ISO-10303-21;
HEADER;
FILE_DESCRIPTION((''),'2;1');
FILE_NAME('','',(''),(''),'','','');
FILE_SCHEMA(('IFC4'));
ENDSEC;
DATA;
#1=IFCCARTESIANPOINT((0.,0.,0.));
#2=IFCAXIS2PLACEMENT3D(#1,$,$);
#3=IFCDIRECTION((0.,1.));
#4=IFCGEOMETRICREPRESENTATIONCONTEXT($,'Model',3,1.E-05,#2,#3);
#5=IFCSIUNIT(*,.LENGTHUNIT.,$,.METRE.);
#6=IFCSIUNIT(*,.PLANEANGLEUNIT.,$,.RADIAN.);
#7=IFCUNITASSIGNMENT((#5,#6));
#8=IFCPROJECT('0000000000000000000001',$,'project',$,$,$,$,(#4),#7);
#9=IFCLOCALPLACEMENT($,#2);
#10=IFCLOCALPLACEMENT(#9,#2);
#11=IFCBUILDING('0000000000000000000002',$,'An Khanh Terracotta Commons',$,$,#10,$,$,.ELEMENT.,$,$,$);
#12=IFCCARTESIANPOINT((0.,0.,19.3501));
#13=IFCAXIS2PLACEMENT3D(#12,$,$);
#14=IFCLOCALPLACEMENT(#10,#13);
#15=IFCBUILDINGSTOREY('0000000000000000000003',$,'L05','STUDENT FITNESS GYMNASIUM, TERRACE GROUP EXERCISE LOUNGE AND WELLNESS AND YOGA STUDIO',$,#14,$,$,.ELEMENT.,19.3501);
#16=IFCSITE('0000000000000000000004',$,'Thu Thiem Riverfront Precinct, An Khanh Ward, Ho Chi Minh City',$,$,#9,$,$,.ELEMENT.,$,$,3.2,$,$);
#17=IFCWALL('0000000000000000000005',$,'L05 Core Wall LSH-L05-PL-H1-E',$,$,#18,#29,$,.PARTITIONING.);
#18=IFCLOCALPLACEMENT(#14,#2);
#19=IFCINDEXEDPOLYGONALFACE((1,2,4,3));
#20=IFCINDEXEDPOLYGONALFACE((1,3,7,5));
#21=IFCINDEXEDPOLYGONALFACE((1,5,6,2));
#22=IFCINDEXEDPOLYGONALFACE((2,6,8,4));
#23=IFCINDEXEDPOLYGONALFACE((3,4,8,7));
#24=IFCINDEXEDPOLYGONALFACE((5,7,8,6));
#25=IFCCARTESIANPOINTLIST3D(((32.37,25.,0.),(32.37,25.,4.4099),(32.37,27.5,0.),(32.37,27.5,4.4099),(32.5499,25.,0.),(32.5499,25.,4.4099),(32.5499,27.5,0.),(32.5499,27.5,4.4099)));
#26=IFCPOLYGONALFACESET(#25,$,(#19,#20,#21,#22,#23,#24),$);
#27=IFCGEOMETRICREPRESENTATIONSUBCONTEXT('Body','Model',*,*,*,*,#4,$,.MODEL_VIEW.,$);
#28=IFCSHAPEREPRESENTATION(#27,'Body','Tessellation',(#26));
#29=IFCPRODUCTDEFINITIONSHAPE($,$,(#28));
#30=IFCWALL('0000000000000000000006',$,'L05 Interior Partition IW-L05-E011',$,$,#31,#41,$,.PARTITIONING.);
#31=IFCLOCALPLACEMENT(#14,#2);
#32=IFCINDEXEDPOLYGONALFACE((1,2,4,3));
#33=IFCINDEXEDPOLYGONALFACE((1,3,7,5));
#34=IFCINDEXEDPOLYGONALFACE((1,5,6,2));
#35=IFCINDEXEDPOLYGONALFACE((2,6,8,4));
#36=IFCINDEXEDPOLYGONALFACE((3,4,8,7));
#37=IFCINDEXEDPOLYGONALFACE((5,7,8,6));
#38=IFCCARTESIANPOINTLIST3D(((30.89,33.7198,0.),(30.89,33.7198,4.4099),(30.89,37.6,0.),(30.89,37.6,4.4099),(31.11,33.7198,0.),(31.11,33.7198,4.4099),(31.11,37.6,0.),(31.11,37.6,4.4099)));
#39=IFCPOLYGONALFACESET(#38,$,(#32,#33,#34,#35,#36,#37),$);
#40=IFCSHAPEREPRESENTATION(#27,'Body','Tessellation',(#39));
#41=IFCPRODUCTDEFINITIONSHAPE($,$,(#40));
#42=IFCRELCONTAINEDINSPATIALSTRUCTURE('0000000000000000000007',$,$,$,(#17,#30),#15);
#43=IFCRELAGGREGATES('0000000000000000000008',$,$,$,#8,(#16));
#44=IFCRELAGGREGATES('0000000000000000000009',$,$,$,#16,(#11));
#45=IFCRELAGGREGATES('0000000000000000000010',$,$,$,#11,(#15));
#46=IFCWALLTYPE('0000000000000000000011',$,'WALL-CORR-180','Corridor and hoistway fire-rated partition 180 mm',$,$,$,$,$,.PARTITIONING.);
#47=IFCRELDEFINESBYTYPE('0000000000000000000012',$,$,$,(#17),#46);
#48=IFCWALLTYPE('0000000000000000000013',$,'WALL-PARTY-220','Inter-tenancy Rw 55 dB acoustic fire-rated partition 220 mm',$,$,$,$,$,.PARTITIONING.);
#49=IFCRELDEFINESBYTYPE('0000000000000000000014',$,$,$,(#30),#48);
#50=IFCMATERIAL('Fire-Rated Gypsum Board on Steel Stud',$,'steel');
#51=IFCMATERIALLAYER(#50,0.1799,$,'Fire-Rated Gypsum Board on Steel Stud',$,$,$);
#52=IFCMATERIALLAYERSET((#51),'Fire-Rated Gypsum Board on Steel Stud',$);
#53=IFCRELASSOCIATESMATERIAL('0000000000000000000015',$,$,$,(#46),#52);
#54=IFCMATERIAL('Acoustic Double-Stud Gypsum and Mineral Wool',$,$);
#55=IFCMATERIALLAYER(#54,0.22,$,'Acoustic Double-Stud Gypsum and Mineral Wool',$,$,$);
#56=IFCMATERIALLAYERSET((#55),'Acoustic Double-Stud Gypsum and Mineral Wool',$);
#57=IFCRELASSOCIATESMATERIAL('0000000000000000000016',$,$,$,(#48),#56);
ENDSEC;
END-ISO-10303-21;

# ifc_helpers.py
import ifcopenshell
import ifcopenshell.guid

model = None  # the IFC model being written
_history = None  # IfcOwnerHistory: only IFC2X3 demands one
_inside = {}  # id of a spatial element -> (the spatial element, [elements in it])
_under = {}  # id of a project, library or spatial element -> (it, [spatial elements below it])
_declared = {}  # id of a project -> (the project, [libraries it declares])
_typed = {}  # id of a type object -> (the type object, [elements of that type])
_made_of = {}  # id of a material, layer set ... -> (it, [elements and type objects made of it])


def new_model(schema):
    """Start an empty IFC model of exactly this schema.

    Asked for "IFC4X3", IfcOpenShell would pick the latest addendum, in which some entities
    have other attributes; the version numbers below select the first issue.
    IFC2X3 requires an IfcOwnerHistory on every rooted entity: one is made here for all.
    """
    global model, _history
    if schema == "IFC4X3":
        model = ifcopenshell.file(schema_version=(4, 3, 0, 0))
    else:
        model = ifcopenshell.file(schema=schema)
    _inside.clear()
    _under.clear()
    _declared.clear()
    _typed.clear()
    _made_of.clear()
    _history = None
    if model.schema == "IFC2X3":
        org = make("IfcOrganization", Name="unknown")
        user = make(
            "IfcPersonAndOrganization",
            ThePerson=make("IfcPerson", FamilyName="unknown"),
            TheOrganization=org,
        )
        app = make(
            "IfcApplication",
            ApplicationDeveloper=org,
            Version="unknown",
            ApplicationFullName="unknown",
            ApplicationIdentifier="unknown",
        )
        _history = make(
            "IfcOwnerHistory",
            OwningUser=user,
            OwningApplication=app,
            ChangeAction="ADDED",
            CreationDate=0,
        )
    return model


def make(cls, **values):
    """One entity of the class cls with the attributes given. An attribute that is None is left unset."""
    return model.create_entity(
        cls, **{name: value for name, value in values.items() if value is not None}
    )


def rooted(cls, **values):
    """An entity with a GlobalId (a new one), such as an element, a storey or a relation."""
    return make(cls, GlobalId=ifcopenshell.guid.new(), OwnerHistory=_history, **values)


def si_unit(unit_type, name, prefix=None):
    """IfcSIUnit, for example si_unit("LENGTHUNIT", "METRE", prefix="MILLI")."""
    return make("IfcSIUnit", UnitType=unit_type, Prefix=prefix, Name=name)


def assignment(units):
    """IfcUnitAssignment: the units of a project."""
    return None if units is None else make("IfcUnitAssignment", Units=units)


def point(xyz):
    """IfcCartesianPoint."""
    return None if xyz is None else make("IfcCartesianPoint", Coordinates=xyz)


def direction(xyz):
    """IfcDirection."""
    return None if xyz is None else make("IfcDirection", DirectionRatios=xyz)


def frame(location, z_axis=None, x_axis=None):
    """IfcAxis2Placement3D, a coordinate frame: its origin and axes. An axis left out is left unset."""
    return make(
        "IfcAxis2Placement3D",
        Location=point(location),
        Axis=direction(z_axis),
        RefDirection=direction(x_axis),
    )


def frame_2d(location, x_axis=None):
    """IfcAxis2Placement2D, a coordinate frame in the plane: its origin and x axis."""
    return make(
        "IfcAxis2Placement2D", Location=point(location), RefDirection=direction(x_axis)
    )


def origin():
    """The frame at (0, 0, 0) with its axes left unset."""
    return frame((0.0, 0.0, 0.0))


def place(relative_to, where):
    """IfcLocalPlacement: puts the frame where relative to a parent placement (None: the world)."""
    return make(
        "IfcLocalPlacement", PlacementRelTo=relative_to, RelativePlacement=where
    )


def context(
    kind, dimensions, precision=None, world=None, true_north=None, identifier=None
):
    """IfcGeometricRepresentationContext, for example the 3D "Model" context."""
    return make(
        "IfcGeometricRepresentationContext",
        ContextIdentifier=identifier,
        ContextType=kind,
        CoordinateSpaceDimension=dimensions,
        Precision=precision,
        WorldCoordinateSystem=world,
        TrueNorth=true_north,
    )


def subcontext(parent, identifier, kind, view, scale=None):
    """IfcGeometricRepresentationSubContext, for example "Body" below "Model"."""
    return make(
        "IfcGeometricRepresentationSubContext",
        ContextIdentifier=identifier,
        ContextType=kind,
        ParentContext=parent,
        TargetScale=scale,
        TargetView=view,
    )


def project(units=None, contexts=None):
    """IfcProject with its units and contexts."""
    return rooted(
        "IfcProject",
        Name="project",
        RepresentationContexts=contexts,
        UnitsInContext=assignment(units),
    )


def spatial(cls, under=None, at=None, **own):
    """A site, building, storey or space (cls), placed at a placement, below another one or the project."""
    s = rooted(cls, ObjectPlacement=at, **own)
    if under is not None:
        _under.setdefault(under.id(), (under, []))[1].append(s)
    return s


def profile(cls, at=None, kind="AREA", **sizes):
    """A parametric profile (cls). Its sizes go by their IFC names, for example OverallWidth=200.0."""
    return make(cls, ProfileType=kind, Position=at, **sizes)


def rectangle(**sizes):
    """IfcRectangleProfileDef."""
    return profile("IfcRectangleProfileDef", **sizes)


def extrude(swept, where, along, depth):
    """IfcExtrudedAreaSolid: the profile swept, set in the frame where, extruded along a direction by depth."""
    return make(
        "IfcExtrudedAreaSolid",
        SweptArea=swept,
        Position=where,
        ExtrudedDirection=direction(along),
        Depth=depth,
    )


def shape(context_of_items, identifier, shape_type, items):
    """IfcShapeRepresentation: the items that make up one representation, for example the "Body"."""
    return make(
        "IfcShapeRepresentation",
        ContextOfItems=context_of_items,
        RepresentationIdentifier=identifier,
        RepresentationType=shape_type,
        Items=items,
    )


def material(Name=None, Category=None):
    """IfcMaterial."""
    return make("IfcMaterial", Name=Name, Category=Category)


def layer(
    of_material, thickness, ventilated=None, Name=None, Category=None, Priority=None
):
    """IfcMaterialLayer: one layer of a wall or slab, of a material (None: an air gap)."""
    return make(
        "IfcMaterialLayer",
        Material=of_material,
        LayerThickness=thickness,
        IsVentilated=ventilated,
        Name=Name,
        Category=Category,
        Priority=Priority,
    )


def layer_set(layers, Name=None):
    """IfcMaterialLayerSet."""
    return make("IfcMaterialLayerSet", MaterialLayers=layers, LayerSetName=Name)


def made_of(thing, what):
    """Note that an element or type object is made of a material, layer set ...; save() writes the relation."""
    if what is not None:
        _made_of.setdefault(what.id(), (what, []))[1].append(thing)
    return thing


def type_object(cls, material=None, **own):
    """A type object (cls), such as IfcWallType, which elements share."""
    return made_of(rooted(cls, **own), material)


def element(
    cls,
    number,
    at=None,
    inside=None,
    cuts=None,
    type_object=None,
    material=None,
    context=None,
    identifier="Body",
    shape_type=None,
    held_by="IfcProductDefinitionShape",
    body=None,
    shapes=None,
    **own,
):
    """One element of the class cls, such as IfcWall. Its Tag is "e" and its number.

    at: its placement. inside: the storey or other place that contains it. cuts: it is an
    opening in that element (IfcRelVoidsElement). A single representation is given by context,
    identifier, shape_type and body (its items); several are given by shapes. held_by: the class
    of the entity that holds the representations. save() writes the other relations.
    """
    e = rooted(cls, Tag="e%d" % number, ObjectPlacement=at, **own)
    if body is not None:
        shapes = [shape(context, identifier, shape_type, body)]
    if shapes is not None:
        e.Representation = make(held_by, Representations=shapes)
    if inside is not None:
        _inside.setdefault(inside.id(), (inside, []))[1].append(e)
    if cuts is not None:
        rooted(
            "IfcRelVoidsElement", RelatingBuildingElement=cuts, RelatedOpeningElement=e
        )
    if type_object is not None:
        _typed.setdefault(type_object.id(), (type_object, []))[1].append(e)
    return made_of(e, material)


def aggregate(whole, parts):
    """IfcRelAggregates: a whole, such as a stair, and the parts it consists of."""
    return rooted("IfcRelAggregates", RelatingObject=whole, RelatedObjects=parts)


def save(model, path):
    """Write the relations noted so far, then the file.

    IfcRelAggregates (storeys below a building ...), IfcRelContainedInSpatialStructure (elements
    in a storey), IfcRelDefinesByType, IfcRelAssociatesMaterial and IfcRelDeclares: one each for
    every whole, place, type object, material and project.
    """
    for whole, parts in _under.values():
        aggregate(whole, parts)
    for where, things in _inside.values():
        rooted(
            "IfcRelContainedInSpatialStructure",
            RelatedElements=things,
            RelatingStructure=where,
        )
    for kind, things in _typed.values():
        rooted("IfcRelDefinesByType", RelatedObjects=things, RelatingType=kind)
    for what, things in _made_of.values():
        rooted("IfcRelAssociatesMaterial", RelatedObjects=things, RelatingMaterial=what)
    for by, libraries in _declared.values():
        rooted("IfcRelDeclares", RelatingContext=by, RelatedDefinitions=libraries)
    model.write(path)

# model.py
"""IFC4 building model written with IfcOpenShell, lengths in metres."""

from ifc_helpers import new_model, si_unit, direction, frame, frame_2d, origin, place, context, subcontext, project, spatial, rectangle, extrude, material, layer, layer_set, type_object, element, save


model = new_model("IFC4")

# Units and contexts
model_context = context("Model", 3, precision=1e-05, world=origin(), true_north=direction((0.0, 1.0)))
body_context = subcontext(model_context, "Body", "Model", "MODEL_VIEW")
ifc_project = project(units=[si_unit("LENGTHUNIT", "METRE"), si_unit("PLANEANGLEUNIT", "RADIAN")], contexts=[model_context])

# Site, building, storey
site_placement = place(None, origin())
site = spatial("IfcSite", under=ifc_project, at=site_placement, Name="Thu Thiem Riverfront Precinct, An Khanh Ward, Ho Chi Minh City", CompositionType="ELEMENT", RefElevation=3.2)
building_placement = place(site_placement, origin())
building = spatial("IfcBuilding", under=site, at=building_placement, Name="An Khanh Terracotta Commons", CompositionType="ELEMENT")
storey_placement = place(building_placement, frame((0.0, 0.0, 19.3501)))
storey = spatial("IfcBuildingStorey", under=building, at=storey_placement, Name="L05", Description="STUDENT FITNESS GYMNASIUM, TERRACE GROUP EXERCISE LOUNGE AND WELLNESS AND YOGA STUDIO", CompositionType="ELEMENT", Elevation=19.3501)

# Shared definitions
ifc_material_1 = material(Name="Fire-Rated Gypsum Board on Steel Stud", Category="steel")
ifc_layer_1 = layer(ifc_material_1, 0.1799, Name="Fire-Rated Gypsum Board on Steel Stud")
ifc_layer_set_1 = layer_set([ifc_layer_1], Name="Fire-Rated Gypsum Board on Steel Stud")
wall_type_1 = type_object("IfcWallType", Name="WALL-CORR-180", Description="Corridor and hoistway fire-rated partition 180 mm", PredefinedType="PARTITIONING", material=ifc_layer_set_1)

# Walls
wall_1_placement = place(storey_placement, frame((32.46, 25.0, 0.0), z_axis=(0.0, 0.0, 1.0), x_axis=(0.0, 1.0, 0.0)))
element("IfcWall", 1, at=wall_1_placement, inside=storey, type_object=wall_type_1, Name="L05 Core Wall LSH-L05-PL-H1-E", PredefinedType="PARTITIONING", context=body_context, shape_type="SweptSolid", body=[
    extrude(rectangle(XDim=2.5, YDim=0.1799, at=frame_2d((1.25, 0.0))), origin(), (0.0, 0.0, 1.0), 4.4099),
])
ifc_material_2 = material(Name="Acoustic Double-Stud Gypsum and Mineral Wool")
ifc_layer_2 = layer(ifc_material_2, 0.22, Name="Acoustic Double-Stud Gypsum and Mineral Wool")
ifc_layer_set_2 = layer_set([ifc_layer_2], Name="Acoustic Double-Stud Gypsum and Mineral Wool")
wall_type_2 = type_object("IfcWallType", Name="WALL-PARTY-220", Description="Inter-tenancy Rw 55 dB acoustic fire-rated partition 220 mm", PredefinedType="PARTITIONING", material=ifc_layer_set_2)
wall_2_placement = place(storey_placement, frame((31.0, 33.72, 0.0), z_axis=(0.0, 0.0, 1.0), x_axis=(0.0, 1.0, 0.0)))
element("IfcWall", 2, at=wall_2_placement, inside=storey, type_object=wall_type_2, Name="L05 Interior Partition IW-L05-E011", PredefinedType="PARTITIONING", context=body_context, shape_type="SweptSolid", body=[
    extrude(rectangle(XDim=3.8801, YDim=0.22, at=frame_2d((1.9399, 0.0))), origin(), (0.0, 0.0, 1.0), 4.4099),
])

save(model, "model.ifc")
